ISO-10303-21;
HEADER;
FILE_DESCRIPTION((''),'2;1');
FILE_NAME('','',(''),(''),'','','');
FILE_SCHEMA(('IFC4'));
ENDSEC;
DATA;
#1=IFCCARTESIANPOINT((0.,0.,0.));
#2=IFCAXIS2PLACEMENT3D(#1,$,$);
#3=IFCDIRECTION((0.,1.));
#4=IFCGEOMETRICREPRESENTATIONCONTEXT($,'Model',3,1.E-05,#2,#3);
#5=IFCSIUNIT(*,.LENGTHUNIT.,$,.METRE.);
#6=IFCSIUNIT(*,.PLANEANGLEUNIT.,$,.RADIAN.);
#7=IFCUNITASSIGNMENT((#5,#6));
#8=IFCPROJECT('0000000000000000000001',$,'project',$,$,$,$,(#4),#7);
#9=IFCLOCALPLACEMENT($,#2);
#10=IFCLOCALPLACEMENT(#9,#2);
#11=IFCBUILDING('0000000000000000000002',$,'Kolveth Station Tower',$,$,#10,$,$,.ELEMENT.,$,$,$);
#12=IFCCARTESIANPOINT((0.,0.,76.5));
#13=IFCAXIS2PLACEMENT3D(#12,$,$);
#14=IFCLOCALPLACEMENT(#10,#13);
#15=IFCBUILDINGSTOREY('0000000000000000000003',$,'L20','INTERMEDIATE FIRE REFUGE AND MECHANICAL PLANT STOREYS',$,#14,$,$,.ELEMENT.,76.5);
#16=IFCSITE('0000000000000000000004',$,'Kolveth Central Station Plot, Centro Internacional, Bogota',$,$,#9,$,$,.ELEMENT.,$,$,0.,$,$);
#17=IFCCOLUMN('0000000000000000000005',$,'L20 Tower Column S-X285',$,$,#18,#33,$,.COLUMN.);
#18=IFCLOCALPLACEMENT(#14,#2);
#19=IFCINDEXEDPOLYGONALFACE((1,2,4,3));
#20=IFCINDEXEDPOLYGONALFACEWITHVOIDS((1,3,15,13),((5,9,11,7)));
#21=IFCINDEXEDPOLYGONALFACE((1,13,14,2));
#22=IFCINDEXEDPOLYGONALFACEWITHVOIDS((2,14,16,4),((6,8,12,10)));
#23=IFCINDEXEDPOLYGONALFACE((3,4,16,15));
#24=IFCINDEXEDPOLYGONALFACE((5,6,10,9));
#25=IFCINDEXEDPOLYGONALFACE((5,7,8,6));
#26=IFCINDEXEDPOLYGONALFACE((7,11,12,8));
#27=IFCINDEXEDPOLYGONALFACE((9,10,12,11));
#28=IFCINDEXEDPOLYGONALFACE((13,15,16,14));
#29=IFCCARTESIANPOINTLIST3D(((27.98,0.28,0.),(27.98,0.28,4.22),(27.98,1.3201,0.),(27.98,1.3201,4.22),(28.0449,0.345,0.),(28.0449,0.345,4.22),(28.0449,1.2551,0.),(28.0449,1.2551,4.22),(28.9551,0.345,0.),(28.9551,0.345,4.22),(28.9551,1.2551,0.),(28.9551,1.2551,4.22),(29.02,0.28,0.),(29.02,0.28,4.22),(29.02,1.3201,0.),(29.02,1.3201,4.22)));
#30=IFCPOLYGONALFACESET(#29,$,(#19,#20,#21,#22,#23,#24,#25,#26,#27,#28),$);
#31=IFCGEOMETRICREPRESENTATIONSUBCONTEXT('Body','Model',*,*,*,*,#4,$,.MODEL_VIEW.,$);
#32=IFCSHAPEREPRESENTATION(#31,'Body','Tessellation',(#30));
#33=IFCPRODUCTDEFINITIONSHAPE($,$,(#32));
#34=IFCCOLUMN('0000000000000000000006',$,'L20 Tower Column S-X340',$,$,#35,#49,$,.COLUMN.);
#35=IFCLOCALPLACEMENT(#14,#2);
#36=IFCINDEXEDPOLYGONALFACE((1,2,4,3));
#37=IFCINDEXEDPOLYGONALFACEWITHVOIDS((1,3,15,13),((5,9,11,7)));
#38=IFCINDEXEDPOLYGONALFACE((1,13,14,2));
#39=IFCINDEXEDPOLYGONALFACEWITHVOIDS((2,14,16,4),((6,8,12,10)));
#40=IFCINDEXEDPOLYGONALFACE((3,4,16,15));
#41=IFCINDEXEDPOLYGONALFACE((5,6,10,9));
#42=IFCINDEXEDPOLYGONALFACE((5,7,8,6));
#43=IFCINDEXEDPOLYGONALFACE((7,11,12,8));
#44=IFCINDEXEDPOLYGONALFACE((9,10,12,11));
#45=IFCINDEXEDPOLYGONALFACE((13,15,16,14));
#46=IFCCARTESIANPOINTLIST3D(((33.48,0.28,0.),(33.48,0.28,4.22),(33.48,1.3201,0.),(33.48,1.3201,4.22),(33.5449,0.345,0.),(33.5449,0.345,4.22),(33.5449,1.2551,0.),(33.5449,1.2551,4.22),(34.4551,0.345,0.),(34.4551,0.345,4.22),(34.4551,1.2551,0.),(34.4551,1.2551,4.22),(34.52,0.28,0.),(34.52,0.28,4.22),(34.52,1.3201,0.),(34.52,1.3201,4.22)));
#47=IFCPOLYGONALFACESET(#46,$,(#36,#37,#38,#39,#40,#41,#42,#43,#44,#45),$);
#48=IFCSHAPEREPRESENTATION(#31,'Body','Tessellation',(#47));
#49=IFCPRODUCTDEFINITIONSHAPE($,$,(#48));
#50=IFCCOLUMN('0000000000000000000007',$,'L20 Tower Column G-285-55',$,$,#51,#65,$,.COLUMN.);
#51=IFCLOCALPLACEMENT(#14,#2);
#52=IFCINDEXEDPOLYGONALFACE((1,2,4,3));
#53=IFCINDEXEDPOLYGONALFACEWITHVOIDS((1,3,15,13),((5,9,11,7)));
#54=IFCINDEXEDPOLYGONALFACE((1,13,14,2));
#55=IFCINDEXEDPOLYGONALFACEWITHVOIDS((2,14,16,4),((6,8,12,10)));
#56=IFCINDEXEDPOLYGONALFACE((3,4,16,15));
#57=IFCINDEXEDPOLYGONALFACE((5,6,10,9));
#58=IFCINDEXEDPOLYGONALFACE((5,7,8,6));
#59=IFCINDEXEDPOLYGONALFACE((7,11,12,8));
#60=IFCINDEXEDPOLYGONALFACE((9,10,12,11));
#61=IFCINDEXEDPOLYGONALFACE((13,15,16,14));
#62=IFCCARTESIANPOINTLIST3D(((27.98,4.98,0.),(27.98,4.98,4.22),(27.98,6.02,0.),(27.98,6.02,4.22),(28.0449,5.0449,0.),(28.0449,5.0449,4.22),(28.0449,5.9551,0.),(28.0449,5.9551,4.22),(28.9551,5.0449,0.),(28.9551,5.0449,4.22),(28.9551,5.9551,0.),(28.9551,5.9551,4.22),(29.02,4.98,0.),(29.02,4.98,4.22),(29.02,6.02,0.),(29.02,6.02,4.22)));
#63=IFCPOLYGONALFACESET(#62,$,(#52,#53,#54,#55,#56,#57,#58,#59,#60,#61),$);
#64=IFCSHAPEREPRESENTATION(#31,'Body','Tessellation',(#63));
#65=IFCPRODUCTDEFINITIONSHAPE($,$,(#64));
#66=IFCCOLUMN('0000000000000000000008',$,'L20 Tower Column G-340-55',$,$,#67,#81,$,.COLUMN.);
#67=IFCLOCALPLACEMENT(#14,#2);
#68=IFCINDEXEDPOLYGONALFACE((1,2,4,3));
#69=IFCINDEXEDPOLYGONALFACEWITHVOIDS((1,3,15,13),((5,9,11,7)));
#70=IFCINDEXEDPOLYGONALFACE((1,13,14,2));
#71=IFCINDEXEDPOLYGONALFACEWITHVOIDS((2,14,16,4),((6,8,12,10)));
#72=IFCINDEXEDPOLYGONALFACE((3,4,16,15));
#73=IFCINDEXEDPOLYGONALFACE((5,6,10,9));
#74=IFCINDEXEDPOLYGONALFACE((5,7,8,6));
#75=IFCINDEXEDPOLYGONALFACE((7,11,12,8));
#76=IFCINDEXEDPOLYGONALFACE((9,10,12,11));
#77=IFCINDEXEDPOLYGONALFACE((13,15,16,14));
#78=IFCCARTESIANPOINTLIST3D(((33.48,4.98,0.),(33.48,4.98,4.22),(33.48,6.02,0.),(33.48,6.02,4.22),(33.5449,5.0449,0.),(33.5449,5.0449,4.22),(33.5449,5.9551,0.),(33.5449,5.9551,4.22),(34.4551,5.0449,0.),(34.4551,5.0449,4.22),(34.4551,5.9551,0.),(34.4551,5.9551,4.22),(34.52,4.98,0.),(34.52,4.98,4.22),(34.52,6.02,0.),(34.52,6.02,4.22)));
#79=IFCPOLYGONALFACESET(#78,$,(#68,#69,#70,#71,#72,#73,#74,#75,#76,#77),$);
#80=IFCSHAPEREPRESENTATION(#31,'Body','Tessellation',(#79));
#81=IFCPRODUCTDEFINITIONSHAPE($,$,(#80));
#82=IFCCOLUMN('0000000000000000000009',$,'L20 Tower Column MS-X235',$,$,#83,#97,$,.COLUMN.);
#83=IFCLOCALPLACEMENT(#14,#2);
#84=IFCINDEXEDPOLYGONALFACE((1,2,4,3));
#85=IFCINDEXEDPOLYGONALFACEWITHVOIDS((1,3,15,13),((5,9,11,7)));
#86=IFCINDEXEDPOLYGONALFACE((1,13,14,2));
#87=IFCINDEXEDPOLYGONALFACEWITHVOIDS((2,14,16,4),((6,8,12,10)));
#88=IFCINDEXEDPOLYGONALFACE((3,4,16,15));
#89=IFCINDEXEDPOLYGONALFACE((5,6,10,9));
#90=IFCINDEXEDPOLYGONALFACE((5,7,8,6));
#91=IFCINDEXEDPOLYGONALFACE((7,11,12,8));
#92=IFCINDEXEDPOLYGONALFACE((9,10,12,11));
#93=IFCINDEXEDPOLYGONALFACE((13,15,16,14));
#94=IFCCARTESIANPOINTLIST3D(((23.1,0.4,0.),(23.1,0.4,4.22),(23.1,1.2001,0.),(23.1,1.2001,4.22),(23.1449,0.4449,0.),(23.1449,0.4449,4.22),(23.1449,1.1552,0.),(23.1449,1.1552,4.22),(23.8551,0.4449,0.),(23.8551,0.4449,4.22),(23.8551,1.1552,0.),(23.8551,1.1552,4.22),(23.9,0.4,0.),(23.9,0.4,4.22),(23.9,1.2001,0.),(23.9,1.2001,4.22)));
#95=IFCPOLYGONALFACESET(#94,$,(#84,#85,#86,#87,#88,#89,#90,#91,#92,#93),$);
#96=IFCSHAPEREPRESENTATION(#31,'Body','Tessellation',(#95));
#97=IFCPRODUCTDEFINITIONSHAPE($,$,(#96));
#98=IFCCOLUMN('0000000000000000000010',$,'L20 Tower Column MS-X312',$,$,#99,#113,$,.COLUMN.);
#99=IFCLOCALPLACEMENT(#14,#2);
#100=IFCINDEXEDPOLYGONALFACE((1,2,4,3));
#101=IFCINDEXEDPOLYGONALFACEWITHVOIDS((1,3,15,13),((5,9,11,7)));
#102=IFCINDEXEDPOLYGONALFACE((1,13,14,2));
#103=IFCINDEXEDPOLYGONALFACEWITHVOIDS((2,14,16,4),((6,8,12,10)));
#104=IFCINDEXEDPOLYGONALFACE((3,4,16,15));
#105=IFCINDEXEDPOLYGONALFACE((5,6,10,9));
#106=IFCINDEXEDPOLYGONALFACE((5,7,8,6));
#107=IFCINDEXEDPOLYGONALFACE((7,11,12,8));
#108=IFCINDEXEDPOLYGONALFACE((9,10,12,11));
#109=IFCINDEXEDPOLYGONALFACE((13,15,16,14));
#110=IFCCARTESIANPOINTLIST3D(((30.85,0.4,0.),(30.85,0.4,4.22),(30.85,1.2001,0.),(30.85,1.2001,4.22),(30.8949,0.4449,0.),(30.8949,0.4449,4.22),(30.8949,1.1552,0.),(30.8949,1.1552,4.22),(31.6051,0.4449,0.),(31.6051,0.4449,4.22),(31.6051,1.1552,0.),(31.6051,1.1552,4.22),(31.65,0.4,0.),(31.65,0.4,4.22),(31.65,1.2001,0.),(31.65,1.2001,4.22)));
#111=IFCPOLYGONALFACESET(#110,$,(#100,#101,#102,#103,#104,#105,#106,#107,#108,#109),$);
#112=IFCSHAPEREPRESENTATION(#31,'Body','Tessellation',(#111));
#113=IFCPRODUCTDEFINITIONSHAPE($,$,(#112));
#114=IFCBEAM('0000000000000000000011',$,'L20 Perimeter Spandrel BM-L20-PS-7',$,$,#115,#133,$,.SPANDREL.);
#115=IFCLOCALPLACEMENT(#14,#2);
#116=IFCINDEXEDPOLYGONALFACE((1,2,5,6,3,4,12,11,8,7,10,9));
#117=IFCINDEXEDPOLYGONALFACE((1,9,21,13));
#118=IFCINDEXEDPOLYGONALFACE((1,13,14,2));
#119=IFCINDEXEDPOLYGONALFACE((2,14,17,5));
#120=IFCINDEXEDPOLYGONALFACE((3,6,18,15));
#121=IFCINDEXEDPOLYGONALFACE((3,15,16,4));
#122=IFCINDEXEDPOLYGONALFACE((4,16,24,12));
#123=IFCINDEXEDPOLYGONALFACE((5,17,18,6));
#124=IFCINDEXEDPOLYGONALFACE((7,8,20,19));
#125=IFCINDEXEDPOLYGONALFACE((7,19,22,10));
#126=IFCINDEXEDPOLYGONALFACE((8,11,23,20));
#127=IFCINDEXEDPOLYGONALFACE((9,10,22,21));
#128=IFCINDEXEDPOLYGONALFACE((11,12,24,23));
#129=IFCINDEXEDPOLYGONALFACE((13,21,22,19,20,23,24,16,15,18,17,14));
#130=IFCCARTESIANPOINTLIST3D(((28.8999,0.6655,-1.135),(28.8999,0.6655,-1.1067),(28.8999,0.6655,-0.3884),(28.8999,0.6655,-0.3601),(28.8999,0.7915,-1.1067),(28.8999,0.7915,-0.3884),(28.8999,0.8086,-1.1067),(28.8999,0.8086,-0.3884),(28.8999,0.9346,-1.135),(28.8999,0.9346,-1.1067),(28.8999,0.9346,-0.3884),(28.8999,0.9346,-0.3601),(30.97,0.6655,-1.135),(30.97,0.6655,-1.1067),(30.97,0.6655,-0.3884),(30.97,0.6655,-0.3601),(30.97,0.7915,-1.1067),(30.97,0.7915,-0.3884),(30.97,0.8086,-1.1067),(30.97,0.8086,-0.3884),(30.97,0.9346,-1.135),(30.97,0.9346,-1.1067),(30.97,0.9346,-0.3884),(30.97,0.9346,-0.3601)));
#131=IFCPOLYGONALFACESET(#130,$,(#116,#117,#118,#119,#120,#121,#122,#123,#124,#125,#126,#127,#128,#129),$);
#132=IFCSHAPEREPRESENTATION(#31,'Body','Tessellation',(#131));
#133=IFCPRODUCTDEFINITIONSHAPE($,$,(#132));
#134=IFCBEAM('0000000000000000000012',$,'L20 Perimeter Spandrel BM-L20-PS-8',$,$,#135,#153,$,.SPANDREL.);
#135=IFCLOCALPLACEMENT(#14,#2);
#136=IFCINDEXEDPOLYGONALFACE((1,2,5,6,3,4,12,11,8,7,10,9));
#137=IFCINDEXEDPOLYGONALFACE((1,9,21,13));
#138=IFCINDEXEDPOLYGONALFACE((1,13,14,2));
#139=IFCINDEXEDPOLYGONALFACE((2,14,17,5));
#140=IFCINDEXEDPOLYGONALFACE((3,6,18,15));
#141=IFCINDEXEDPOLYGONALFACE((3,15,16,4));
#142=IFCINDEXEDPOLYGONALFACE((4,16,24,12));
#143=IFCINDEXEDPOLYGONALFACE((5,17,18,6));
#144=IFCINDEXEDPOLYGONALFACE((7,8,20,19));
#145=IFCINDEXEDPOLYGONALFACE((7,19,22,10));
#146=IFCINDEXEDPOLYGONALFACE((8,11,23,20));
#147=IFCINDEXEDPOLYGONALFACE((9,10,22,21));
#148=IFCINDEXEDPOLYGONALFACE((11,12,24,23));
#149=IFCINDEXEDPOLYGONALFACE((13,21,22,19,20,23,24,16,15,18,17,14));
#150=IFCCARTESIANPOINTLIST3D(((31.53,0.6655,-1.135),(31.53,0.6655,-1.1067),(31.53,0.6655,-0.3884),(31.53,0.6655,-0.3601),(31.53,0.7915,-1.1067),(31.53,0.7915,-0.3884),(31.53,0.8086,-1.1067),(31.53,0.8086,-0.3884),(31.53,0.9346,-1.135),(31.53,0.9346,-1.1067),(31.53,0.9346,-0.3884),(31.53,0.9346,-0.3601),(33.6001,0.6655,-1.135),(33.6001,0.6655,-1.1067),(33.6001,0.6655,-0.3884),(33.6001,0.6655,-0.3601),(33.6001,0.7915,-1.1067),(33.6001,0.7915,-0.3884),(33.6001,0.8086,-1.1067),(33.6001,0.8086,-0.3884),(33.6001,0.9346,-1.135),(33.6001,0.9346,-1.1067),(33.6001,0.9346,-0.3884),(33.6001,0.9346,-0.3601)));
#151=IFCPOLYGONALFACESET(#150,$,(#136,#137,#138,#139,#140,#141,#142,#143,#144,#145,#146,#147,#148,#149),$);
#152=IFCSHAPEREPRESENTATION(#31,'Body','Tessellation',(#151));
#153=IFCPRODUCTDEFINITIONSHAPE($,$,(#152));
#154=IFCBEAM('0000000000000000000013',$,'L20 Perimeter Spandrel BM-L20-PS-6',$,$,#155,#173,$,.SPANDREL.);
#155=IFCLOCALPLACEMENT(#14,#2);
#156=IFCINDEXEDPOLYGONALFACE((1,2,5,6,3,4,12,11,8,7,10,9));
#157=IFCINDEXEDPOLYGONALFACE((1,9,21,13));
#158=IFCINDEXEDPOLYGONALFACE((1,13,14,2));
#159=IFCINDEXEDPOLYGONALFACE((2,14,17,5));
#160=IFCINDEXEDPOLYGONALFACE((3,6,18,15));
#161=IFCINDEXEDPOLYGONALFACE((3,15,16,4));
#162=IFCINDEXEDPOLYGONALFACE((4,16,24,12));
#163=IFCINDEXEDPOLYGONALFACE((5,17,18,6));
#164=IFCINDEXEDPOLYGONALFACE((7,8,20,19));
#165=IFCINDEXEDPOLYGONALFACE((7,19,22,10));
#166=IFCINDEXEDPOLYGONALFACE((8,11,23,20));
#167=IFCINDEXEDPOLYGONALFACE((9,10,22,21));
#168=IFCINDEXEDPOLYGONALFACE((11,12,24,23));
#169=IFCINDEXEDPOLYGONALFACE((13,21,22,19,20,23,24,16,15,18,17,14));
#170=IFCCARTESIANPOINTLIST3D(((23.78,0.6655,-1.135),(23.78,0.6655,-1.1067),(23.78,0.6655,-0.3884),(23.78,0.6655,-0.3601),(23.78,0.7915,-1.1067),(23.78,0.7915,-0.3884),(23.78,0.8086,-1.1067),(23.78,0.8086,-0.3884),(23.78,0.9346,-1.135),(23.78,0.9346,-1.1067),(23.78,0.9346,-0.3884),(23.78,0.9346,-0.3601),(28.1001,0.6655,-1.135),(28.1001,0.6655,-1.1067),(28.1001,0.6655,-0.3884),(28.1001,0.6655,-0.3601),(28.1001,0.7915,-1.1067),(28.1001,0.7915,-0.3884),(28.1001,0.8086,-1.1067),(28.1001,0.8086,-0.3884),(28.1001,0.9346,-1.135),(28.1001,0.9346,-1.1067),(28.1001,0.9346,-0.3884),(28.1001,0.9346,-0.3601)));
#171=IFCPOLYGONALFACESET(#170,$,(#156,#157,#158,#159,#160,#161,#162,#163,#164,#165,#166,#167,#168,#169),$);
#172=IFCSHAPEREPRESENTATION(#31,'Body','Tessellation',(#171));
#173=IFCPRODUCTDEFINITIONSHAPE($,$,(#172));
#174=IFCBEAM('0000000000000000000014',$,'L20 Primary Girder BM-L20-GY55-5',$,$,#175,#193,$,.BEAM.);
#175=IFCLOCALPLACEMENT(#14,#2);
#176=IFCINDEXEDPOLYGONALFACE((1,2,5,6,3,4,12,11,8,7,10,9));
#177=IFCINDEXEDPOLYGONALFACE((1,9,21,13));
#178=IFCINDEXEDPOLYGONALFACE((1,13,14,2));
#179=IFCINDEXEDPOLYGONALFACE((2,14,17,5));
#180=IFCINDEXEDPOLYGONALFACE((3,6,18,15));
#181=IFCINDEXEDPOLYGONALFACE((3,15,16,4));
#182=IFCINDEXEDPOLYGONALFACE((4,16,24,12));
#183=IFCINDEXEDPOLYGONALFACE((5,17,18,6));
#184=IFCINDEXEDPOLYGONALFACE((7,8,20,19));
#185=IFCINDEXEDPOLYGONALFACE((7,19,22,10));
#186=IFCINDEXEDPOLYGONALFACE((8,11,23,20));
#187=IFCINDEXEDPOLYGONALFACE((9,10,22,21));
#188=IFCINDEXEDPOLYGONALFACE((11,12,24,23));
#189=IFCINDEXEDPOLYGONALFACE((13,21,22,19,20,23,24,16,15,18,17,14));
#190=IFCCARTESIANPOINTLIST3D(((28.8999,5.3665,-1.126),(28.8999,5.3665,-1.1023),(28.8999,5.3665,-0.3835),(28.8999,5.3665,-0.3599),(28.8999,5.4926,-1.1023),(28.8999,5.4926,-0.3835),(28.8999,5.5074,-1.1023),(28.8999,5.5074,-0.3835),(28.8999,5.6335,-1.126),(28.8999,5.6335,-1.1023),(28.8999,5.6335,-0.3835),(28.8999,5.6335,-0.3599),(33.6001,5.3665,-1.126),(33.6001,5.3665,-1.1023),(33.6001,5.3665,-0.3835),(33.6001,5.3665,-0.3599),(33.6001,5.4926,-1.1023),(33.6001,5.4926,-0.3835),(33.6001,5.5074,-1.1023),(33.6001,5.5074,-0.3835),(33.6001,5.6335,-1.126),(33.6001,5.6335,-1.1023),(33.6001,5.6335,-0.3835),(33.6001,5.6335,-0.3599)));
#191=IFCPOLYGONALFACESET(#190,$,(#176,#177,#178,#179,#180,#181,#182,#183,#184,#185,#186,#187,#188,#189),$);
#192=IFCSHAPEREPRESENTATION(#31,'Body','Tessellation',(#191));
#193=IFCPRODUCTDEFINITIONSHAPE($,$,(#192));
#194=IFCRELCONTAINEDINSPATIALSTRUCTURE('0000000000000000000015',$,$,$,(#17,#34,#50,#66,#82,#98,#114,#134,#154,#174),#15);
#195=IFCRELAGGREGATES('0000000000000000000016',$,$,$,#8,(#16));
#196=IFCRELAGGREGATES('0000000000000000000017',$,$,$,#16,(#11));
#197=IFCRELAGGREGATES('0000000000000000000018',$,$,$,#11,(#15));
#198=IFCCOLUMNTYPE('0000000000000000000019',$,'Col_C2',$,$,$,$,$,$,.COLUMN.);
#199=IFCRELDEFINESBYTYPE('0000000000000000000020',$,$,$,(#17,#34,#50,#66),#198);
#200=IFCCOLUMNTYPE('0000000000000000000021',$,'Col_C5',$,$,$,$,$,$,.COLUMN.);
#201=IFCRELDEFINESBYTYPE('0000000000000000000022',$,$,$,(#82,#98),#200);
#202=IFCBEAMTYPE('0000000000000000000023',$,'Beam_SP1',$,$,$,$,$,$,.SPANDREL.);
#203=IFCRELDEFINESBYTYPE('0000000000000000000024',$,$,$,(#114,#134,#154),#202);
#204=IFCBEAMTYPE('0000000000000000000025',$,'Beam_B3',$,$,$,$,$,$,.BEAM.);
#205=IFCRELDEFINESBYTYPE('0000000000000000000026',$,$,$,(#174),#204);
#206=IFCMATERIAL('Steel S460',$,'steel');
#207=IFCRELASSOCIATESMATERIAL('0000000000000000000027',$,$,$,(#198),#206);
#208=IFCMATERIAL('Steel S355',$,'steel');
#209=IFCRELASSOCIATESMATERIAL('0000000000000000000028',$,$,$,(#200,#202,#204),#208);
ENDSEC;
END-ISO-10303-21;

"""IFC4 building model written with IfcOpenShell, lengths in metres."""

from ifc_helpers import new_model, si_unit, direction, frame, origin, origin_2d, place, context, subcontext, project, spatial, hollow_rectangle, i_section, extrude, source, transform, mapped, material, material_profile, profile_set, type_object, element, save


model = new_model("IFC4")

# Units and contexts
model_context = context("Model", 3, precision=1e-05, world=origin(), true_north=direction((0.0, 1.0)))
body_context = subcontext(model_context, "Body", "Model", "MODEL_VIEW")
ifc_project = project(units=[si_unit("LENGTHUNIT", "METRE"), si_unit("PLANEANGLEUNIT", "RADIAN")], contexts=[model_context])

# Site, building, storey
site_placement = place(None, origin())
site = spatial("IfcSite", under=ifc_project, at=site_placement, Name="Kolveth Central Station Plot, Centro Internacional, Bogota", CompositionType="ELEMENT", RefElevation=0.0)
building_placement = place(site_placement, origin())
building = spatial("IfcBuilding", under=site, at=building_placement, Name="Kolveth Station Tower", CompositionType="ELEMENT")
storey_placement = place(building_placement, frame((0.0, 0.0, 76.5)))
storey = spatial("IfcBuildingStorey", under=building, at=storey_placement, Name="L20", Description="INTERMEDIATE FIRE REFUGE AND MECHANICAL PLANT STOREYS", CompositionType="ELEMENT", Elevation=76.5)

# Columns
ifc_material_1 = material(Name="Steel S460", Category="steel")
ifc_material_profile_1 = material_profile(ifc_material_1, hollow_rectangle(XDim=1.04, YDim=1.04, WallThickness=0.0649, at=origin_2d()), Name="BOX1040x1040x65")
ifc_profile_set_1 = profile_set([ifc_material_profile_1], Name="Steel S460")
column_type_1 = type_object("IfcColumnType", Name="Col_C2", PredefinedType="COLUMN", material=ifc_profile_set_1)
shared_shape_1 = source(origin(), body_context, "Body", "SweptSolid", [
    extrude(hollow_rectangle(XDim=1.04, YDim=1.04, WallThickness=0.0649, at=origin_2d()), origin(), (0.0, 0.0, 1.0), 4.22),
])
for number, where, z_axis, x_axis, name in (
    (1, (28.5, 0.8, 0.0), (0.0, 0.0, 1.0), (1.0, 0.0, 0.0), "L20 Tower Column S-X285"),
    (2, (34.0, 0.8, 0.0), (0.0, 0.0, 1.0), (1.0, 0.0, 0.0), "L20 Tower Column S-X340"),
    (3, (28.5, 5.5, 0.0), (0.0, 0.0, 1.0), (1.0, 0.0, 0.0), "L20 Tower Column G-285-55"),
    (4, (34.0, 5.5, 0.0), (0.0, 0.0, 1.0), (1.0, 0.0, 0.0), "L20 Tower Column G-340-55"),
):
    element("IfcColumn", number, at=place(storey_placement, frame(where, z_axis=z_axis, x_axis=x_axis)), inside=storey, type_object=column_type_1, Name=name, PredefinedType="COLUMN", context=body_context, shape_type="MappedRepresentation", body=[
        mapped(shared_shape_1, transform((0.0, 0.0, 0.0), x_axis=(1.0, 0.0, 0.0), y_axis=(0.0, 1.0, 0.0), z_axis=(0.0, 0.0, 1.0), scale=1.0)),
    ])
ifc_material_2 = material(Name="Steel S355", Category="steel")
ifc_material_profile_2 = material_profile(ifc_material_2, hollow_rectangle(XDim=0.8, YDim=0.8, WallThickness=0.0449, at=origin_2d()), Name="BOX800x800x45")
ifc_profile_set_2 = profile_set([ifc_material_profile_2], Name="Steel S355")
column_type_2 = type_object("IfcColumnType", Name="Col_C5", PredefinedType="COLUMN", material=ifc_profile_set_2)
shared_shape_2 = source(origin(), body_context, "Body", "SweptSolid", [
    extrude(hollow_rectangle(XDim=0.8, YDim=0.8, WallThickness=0.0449, at=origin_2d()), origin(), (0.0, 0.0, 1.0), 4.22),
])
for number, where, z_axis, x_axis, name in (
    (5, (23.5, 0.8, 0.0), (0.0, 0.0, 1.0), (1.0, 0.0, 0.0), "L20 Tower Column MS-X235"),
    (6, (31.25, 0.8, 0.0), (0.0, 0.0, 1.0), (1.0, 0.0, 0.0), "L20 Tower Column MS-X312"),
):
    element("IfcColumn", number, at=place(storey_placement, frame(where, z_axis=z_axis, x_axis=x_axis)), inside=storey, type_object=column_type_2, Name=name, PredefinedType="COLUMN", context=body_context, shape_type="MappedRepresentation", body=[
        mapped(shared_shape_2, transform((0.0, 0.0, 0.0), x_axis=(1.0, 0.0, 0.0), y_axis=(0.0, 1.0, 0.0), z_axis=(0.0, 0.0, 1.0), scale=1.0)),
    ])

# Beams
ifc_material_profile_3 = material_profile(ifc_material_2, i_section(OverallWidth=0.269, OverallDepth=0.7749, WebThickness=0.0171, FlangeThickness=0.0283, at=origin_2d()), Name="W760x220")
ifc_profile_set_3 = profile_set([ifc_material_profile_3], Name="Steel S355")
beam_type_1 = type_object("IfcBeamType", Name="Beam_SP1", PredefinedType="SPANDREL", material=ifc_profile_set_3)
shared_shape_3 = source(origin(), body_context, "Body", "SweptSolid", [
    extrude(i_section(OverallWidth=0.269, OverallDepth=0.7749, WebThickness=0.0171, FlangeThickness=0.0283, at=origin_2d()), origin(), (0.0, 0.0, 1.0), 2.0701),
])
for number, where, z_axis, x_axis, name in (
    (7, (28.8999, 0.8, -0.7476), (1.0, 0.0, 0.0), (0.0, 1.0, 0.0), "L20 Perimeter Spandrel BM-L20-PS-7"),
    (8, (31.53, 0.8, -0.7476), (1.0, 0.0, 0.0), (0.0, 1.0, 0.0), "L20 Perimeter Spandrel BM-L20-PS-8"),
):
    element("IfcBeam", number, at=place(storey_placement, frame(where, z_axis=z_axis, x_axis=x_axis)), inside=storey, type_object=beam_type_1, Name=name, PredefinedType="SPANDREL", context=body_context, shape_type="MappedRepresentation", body=[
        mapped(shared_shape_3, transform((0.0, 0.0, 0.0), x_axis=(1.0, 0.0, 0.0), y_axis=(0.0, 1.0, 0.0), z_axis=(0.0, 0.0, 1.0), scale=1.0)),
    ])
shared_shape_4 = source(origin(), body_context, "Body", "SweptSolid", [
    extrude(i_section(OverallWidth=0.269, OverallDepth=0.7749, WebThickness=0.0171, FlangeThickness=0.0283, at=origin_2d()), origin(), (0.0, 0.0, 1.0), 4.3201),
])
beam_1_placement = place(storey_placement, frame((23.78, 0.8, -0.7476), z_axis=(1.0, 0.0, 0.0), x_axis=(0.0, 1.0, 0.0)))
element("IfcBeam", 9, at=beam_1_placement, inside=storey, type_object=beam_type_1, Name="L20 Perimeter Spandrel BM-L20-PS-6", PredefinedType="SPANDREL", context=body_context, shape_type="MappedRepresentation", body=[
    mapped(shared_shape_4, transform((0.0, 0.0, 0.0), x_axis=(1.0, 0.0, 0.0), y_axis=(0.0, 1.0, 0.0), z_axis=(0.0, 0.0, 1.0), scale=1.0)),
])
ifc_material_profile_4 = material_profile(ifc_material_2, i_section(OverallWidth=0.2671, OverallDepth=0.7661, WebThickness=0.0149, FlangeThickness=0.0237, at=origin_2d()), Name="W760x185")
ifc_profile_set_4 = profile_set([ifc_material_profile_4], Name="Steel S355")
beam_type_2 = type_object("IfcBeamType", Name="Beam_B3", PredefinedType="BEAM", material=ifc_profile_set_4)
shared_shape_5 = source(origin(), body_context, "Body", "SweptSolid", [
    extrude(i_section(OverallWidth=0.2671, OverallDepth=0.7661, WebThickness=0.0149, FlangeThickness=0.0237, at=origin_2d()), origin(), (0.0, 0.0, 1.0), 4.7002),
])
beam_2_placement = place(storey_placement, frame((28.8999, 5.5, -0.7429), z_axis=(1.0, 0.0, 0.0), x_axis=(0.0, 1.0, 0.0)))
element("IfcBeam", 10, at=beam_2_placement, inside=storey, type_object=beam_type_2, Name="L20 Primary Girder BM-L20-GY55-5", PredefinedType="BEAM", context=body_context, shape_type="MappedRepresentation", body=[
    mapped(shared_shape_5, transform((0.0, 0.0, 0.0), x_axis=(1.0, 0.0, 0.0), y_axis=(0.0, 1.0, 0.0), z_axis=(0.0, 0.0, 1.0), scale=1.0)),
])

save(model, "model.ifc")
